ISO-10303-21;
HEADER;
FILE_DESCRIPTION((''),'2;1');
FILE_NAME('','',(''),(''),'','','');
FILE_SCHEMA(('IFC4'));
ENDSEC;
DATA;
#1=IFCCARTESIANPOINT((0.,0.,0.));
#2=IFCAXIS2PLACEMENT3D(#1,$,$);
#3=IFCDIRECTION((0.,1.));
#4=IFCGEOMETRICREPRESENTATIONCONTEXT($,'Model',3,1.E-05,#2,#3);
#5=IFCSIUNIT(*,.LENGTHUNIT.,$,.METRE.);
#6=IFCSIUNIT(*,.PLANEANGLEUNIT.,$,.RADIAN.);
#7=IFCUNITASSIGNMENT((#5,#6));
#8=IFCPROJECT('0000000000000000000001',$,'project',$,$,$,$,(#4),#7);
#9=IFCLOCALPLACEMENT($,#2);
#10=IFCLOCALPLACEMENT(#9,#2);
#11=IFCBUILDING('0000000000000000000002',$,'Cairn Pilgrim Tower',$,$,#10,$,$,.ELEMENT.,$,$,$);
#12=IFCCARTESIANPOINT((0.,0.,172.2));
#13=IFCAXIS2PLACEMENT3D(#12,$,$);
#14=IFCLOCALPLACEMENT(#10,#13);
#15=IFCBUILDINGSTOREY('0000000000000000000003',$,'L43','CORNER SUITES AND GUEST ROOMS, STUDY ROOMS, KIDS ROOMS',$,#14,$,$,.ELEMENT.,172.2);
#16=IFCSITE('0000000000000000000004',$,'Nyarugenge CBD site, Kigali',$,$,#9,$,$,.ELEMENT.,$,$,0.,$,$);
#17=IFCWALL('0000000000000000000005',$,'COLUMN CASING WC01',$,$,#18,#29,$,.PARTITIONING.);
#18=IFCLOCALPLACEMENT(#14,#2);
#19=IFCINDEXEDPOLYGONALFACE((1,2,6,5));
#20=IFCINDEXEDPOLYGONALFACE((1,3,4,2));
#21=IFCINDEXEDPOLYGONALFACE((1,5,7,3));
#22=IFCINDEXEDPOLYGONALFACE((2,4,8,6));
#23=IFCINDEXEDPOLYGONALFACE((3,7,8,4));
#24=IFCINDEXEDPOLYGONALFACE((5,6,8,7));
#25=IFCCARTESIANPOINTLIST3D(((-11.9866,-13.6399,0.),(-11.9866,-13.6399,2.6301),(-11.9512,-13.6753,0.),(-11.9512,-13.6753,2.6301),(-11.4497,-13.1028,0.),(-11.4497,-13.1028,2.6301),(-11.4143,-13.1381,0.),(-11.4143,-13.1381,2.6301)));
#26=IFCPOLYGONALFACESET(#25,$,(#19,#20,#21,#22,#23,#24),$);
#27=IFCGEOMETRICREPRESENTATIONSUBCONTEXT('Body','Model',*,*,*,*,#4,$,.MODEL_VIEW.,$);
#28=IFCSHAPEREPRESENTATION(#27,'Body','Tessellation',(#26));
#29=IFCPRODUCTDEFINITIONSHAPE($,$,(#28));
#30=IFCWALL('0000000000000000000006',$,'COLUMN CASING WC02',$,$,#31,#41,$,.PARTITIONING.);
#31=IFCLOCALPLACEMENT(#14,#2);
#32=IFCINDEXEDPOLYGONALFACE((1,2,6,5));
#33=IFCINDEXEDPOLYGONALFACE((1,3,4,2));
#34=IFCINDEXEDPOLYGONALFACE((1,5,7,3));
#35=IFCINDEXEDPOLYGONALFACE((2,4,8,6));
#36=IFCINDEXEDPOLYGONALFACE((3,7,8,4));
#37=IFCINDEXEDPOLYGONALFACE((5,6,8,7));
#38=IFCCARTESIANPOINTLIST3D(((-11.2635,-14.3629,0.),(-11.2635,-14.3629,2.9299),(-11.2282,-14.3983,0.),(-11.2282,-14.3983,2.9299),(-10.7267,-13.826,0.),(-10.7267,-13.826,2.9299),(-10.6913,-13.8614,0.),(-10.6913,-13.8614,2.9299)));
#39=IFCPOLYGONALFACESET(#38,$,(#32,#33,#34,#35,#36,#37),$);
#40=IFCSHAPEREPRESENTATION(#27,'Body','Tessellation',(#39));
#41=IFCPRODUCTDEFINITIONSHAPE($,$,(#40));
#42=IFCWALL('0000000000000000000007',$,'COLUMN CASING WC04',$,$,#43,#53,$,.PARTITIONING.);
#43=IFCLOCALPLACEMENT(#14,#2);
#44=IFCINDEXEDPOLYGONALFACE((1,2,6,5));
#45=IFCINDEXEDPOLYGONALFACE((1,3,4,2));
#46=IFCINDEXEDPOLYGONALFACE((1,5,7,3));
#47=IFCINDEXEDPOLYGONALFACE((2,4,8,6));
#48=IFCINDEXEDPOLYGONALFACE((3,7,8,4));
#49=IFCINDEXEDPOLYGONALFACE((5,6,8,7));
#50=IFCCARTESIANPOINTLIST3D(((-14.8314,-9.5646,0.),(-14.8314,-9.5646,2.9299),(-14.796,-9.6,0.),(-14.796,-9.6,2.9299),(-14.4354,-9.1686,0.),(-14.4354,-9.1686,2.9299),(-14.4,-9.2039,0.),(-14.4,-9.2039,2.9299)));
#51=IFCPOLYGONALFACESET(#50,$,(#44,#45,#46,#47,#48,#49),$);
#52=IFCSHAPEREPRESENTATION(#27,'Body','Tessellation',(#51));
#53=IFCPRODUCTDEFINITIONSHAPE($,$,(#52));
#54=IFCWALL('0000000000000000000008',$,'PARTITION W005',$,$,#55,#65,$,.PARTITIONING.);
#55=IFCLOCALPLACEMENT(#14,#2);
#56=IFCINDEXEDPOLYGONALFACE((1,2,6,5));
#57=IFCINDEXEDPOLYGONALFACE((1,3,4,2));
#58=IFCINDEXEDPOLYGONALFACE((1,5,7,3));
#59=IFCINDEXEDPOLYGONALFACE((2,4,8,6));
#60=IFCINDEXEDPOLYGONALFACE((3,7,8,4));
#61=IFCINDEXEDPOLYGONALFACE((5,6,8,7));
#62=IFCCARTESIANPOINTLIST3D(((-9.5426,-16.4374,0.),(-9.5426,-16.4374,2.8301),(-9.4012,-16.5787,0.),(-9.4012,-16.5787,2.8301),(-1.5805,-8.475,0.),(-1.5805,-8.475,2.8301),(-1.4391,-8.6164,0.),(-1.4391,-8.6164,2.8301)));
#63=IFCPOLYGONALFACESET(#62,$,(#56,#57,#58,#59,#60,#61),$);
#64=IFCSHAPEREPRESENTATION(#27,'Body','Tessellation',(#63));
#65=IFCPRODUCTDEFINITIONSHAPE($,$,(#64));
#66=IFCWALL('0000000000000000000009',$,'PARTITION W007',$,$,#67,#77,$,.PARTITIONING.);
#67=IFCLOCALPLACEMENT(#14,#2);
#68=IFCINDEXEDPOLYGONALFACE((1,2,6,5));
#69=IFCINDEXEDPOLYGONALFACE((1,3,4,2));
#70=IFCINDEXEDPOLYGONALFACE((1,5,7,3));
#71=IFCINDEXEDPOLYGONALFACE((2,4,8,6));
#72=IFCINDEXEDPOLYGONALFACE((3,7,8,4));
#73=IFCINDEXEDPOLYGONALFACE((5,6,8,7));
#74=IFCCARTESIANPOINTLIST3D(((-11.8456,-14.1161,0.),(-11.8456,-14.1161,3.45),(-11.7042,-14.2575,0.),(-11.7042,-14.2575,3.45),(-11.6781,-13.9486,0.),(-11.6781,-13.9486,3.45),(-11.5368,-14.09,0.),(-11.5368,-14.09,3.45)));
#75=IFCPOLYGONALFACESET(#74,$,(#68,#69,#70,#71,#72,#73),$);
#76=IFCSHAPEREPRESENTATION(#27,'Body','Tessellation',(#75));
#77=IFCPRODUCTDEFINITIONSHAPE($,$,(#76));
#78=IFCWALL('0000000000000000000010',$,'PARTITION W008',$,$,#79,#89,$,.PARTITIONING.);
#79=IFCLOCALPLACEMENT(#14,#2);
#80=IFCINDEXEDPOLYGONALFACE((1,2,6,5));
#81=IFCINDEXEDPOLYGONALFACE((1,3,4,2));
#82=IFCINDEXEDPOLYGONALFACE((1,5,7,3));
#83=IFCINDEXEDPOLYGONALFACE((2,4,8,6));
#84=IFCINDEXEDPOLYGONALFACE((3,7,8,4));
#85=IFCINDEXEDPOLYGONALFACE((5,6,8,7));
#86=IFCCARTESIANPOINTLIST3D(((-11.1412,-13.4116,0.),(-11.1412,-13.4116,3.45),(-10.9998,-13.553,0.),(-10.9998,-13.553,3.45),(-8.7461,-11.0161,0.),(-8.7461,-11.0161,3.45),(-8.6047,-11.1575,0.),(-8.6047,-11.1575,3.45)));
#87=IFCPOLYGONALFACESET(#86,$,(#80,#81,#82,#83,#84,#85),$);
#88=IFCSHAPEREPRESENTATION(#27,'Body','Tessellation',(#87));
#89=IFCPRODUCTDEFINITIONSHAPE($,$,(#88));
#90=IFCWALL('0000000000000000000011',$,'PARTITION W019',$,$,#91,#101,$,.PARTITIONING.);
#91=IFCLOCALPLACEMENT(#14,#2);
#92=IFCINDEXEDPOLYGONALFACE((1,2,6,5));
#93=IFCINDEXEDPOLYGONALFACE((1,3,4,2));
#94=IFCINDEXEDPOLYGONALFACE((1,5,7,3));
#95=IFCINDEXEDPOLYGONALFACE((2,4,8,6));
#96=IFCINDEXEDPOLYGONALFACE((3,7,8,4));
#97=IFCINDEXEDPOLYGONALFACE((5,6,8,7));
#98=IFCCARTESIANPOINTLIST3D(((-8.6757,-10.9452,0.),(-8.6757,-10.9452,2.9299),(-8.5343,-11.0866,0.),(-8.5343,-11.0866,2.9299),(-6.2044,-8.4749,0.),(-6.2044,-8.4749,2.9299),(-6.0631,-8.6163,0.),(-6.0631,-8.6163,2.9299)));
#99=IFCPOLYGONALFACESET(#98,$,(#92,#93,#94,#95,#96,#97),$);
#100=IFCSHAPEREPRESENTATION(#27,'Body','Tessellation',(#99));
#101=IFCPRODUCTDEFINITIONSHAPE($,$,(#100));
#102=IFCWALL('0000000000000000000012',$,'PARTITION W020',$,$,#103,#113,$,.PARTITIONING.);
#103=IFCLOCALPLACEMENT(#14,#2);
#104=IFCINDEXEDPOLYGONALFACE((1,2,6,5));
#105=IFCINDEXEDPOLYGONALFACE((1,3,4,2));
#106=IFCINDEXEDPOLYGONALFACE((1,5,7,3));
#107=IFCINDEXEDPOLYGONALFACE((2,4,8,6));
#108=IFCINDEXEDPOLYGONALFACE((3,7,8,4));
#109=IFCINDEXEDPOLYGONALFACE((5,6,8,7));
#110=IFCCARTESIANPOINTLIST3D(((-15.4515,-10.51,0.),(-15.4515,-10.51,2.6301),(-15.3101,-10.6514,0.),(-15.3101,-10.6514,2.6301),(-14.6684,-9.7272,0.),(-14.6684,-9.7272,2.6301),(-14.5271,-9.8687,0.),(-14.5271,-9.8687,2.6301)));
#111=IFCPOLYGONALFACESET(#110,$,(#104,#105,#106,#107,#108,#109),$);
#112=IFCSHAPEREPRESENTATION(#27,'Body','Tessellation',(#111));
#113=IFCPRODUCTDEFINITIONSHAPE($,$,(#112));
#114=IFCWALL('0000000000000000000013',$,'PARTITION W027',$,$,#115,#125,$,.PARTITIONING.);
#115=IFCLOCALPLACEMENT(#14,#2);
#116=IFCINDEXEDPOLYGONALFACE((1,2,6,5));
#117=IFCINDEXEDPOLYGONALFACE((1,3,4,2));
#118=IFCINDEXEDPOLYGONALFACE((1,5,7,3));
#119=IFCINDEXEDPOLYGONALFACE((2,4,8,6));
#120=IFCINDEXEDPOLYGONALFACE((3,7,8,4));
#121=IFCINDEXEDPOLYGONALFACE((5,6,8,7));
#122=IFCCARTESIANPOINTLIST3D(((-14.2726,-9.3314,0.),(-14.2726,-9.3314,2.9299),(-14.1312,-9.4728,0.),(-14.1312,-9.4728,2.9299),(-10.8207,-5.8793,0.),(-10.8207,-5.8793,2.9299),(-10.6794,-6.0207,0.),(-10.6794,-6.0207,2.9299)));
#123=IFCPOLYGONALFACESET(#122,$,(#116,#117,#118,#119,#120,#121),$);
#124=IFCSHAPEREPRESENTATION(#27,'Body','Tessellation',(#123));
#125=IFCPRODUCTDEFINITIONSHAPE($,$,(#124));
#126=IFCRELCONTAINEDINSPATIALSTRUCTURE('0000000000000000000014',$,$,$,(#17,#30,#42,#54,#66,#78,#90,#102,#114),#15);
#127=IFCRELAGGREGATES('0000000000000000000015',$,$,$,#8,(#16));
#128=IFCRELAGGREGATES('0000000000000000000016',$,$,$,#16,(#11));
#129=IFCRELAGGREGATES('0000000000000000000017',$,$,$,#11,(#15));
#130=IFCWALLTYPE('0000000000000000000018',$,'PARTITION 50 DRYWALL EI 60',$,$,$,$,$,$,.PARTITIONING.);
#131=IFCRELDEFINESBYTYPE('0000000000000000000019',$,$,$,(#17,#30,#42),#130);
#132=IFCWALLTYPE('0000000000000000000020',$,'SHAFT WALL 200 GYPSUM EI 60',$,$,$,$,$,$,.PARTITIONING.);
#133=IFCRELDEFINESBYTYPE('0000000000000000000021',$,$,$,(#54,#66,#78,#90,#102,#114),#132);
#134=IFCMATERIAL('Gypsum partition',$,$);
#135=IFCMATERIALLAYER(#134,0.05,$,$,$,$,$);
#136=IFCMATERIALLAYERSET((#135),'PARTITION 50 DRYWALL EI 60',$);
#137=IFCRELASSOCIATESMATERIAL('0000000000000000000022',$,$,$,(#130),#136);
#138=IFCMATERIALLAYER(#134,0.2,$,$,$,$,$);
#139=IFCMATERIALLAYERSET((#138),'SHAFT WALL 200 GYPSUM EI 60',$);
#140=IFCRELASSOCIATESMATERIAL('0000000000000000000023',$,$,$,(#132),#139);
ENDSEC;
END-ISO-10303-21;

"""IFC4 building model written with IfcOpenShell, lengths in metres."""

from ifc_helpers import new_model, si_unit, direction, frame, frame_2d, origin, place, context, subcontext, project, spatial, rectangle, extrude, material, layer, layer_set, type_object, element, save


model = new_model("IFC4")

# Units and contexts
model_context = context("Model", 3, precision=1e-05, world=origin(), true_north=direction((0.0, 1.0)))
body_context = subcontext(model_context, "Body", "Model", "MODEL_VIEW")
ifc_project = project(units=[si_unit("LENGTHUNIT", "METRE"), si_unit("PLANEANGLEUNIT", "RADIAN")], contexts=[model_context])

# Site, building, storey
site_placement = place(None, origin())
site = spatial("IfcSite", under=ifc_project, at=site_placement, Name="Nyarugenge CBD site, Kigali", CompositionType="ELEMENT", RefElevation=0.0)
building_placement = place(site_placement, origin())
building = spatial("IfcBuilding", under=site, at=building_placement, Name="Cairn Pilgrim Tower", CompositionType="ELEMENT")
storey_placement = place(building_placement, frame((0.0, 0.0, 172.2)))
storey = spatial("IfcBuildingStorey", under=building, at=storey_placement, Name="L43", Description="CORNER SUITES AND GUEST ROOMS, STUDY ROOMS, KIDS ROOMS", CompositionType="ELEMENT", Elevation=172.2)

# Walls
ifc_material_1 = material(Name="Gypsum partition")
ifc_layer_1 = layer(ifc_material_1, 0.05)
ifc_layer_set_1 = layer_set([ifc_layer_1], Name="PARTITION 50 DRYWALL EI 60")
wall_type_1 = type_object("IfcWallType", Name="PARTITION 50 DRYWALL EI 60", PredefinedType="PARTITIONING", material=ifc_layer_set_1)
wall_1_placement = place(storey_placement, frame((-11.969, -13.6577, 0.0), z_axis=(0.0, 0.0, 1.0), x_axis=(0.706946, 0.707268, 0.0)))
element("IfcWall", 1, at=wall_1_placement, inside=storey, type_object=wall_type_1, Name="COLUMN CASING WC01", PredefinedType="PARTITIONING", context=body_context, shape_type="SweptSolid", body=[
    extrude(rectangle(XDim=0.7595, YDim=0.05, at=frame_2d((0.3799, 0.0))), origin(), (0.0, 0.0, 1.0), 2.6301),
])
wall_2_placement = place(storey_placement, frame((-11.2458, -14.3806, 0.0), z_axis=(0.0, 0.0, 1.0), x_axis=(0.707107, 0.707107, 0.0)))
element("IfcWall", 2, at=wall_2_placement, inside=storey, type_object=wall_type_1, Name="COLUMN CASING WC02", PredefinedType="PARTITIONING", context=body_context, shape_type="SweptSolid", body=[
    extrude(rectangle(XDim=0.7593, YDim=0.05, at=frame_2d((0.3796, 0.0))), origin(), (0.0, 0.0, 1.0), 2.9299),
])
wall_3_placement = place(storey_placement, frame((-14.8137, -9.5823, 0.0), z_axis=(0.0, 0.0, 1.0), x_axis=(0.707107, 0.707107, 0.0)))
element("IfcWall", 3, at=wall_3_placement, inside=storey, type_object=wall_type_1, Name="COLUMN CASING WC04", PredefinedType="PARTITIONING", context=body_context, shape_type="SweptSolid", body=[
    extrude(rectangle(XDim=0.5601, YDim=0.05, at=frame_2d((0.28, 0.0))), origin(), (0.0, 0.0, 1.0), 2.9299),
])
ifc_layer_2 = layer(ifc_material_1, 0.2)
ifc_layer_set_2 = layer_set([ifc_layer_2], Name="SHAFT WALL 200 GYPSUM EI 60")
wall_type_2 = type_object("IfcWallType", Name="SHAFT WALL 200 GYPSUM EI 60", PredefinedType="PARTITIONING", material=ifc_layer_set_2)
wall_4_placement = place(storey_placement, frame((-9.4719, -16.5081, 0.0), z_axis=(0.0, 0.0, 1.0), x_axis=(0.707096, 0.707118, 0.0)))
element("IfcWall", 4, at=wall_4_placement, inside=storey, type_object=wall_type_2, Name="PARTITION W005", PredefinedType="PARTITIONING", context=body_context, shape_type="SweptSolid", body=[
    extrude(rectangle(XDim=11.2603, YDim=0.2, at=frame_2d((5.6301, 0.0))), origin(), (0.0, 0.0, 1.0), 2.8301),
])
wall_5_placement = place(storey_placement, frame((-11.7749, -14.1868, 0.0), z_axis=(0.0, 0.0, 1.0), x_axis=(0.707107, 0.707107, 0.0)))
element("IfcWall", 5, at=wall_5_placement, inside=storey, type_object=wall_type_2, Name="PARTITION W007", PredefinedType="PARTITIONING", context=body_context, shape_type="SweptSolid", body=[
    extrude(rectangle(XDim=0.2368, YDim=0.2, at=frame_2d((0.1184, 0.0))), origin(), (0.0, 0.0, 1.0), 3.45),
])
wall_6_placement = place(storey_placement, frame((-11.0706, -13.4824, 0.0), z_axis=(0.0, 0.0, 1.0), x_axis=(0.707035, 0.707179, 0.0)))
element("IfcWall", 6, at=wall_6_placement, inside=storey, type_object=wall_type_2, Name="PARTITION W008", PredefinedType="PARTITIONING", context=body_context, shape_type="SweptSolid", body=[
    extrude(rectangle(XDim=3.3875, YDim=0.2, at=frame_2d((1.6938, 0.0))), origin(), (0.0, 0.0, 1.0), 3.45),
])
wall_7_placement = place(storey_placement, frame((-8.605, -11.0159, 0.0), z_axis=(0.0, 0.0, 1.0), x_axis=(0.707247, 0.706967, 0.0)))
element("IfcWall", 7, at=wall_7_placement, inside=storey, type_object=wall_type_2, Name="PARTITION W019", PredefinedType="PARTITIONING", context=body_context, shape_type="SweptSolid", body=[
    extrude(rectangle(XDim=3.4941, YDim=0.2, at=frame_2d((1.7471, 0.0))), origin(), (0.0, 0.0, 1.0), 2.9299),
])
wall_8_placement = place(storey_placement, frame((-15.3809, -10.5808, 0.0), z_axis=(0.0, 0.0, 1.0), x_axis=(0.707217, 0.706997, 0.0)))
element("IfcWall", 8, at=wall_8_placement, inside=storey, type_object=wall_type_2, Name="PARTITION W020", PredefinedType="PARTITIONING", context=body_context, shape_type="SweptSolid", body=[
    extrude(rectangle(XDim=1.1072, YDim=0.2, at=frame_2d((0.5537, 0.0))), origin(), (0.0, 0.0, 1.0), 2.6301),
])
wall_9_placement = place(storey_placement, frame((-14.2019, -9.4021, 0.0), z_axis=(0.0, 0.0, 1.0), x_axis=(0.707082, 0.707132, 0.0)))
element("IfcWall", 9, at=wall_9_placement, inside=storey, type_object=wall_type_2, Name="PARTITION W027", PredefinedType="PARTITIONING", context=body_context, shape_type="SweptSolid", body=[
    extrude(rectangle(XDim=4.8818, YDim=0.2, at=frame_2d((2.4409, 0.0))), origin(), (0.0, 0.0, 1.0), 2.9299),
])

save(model, "model.ifc")
